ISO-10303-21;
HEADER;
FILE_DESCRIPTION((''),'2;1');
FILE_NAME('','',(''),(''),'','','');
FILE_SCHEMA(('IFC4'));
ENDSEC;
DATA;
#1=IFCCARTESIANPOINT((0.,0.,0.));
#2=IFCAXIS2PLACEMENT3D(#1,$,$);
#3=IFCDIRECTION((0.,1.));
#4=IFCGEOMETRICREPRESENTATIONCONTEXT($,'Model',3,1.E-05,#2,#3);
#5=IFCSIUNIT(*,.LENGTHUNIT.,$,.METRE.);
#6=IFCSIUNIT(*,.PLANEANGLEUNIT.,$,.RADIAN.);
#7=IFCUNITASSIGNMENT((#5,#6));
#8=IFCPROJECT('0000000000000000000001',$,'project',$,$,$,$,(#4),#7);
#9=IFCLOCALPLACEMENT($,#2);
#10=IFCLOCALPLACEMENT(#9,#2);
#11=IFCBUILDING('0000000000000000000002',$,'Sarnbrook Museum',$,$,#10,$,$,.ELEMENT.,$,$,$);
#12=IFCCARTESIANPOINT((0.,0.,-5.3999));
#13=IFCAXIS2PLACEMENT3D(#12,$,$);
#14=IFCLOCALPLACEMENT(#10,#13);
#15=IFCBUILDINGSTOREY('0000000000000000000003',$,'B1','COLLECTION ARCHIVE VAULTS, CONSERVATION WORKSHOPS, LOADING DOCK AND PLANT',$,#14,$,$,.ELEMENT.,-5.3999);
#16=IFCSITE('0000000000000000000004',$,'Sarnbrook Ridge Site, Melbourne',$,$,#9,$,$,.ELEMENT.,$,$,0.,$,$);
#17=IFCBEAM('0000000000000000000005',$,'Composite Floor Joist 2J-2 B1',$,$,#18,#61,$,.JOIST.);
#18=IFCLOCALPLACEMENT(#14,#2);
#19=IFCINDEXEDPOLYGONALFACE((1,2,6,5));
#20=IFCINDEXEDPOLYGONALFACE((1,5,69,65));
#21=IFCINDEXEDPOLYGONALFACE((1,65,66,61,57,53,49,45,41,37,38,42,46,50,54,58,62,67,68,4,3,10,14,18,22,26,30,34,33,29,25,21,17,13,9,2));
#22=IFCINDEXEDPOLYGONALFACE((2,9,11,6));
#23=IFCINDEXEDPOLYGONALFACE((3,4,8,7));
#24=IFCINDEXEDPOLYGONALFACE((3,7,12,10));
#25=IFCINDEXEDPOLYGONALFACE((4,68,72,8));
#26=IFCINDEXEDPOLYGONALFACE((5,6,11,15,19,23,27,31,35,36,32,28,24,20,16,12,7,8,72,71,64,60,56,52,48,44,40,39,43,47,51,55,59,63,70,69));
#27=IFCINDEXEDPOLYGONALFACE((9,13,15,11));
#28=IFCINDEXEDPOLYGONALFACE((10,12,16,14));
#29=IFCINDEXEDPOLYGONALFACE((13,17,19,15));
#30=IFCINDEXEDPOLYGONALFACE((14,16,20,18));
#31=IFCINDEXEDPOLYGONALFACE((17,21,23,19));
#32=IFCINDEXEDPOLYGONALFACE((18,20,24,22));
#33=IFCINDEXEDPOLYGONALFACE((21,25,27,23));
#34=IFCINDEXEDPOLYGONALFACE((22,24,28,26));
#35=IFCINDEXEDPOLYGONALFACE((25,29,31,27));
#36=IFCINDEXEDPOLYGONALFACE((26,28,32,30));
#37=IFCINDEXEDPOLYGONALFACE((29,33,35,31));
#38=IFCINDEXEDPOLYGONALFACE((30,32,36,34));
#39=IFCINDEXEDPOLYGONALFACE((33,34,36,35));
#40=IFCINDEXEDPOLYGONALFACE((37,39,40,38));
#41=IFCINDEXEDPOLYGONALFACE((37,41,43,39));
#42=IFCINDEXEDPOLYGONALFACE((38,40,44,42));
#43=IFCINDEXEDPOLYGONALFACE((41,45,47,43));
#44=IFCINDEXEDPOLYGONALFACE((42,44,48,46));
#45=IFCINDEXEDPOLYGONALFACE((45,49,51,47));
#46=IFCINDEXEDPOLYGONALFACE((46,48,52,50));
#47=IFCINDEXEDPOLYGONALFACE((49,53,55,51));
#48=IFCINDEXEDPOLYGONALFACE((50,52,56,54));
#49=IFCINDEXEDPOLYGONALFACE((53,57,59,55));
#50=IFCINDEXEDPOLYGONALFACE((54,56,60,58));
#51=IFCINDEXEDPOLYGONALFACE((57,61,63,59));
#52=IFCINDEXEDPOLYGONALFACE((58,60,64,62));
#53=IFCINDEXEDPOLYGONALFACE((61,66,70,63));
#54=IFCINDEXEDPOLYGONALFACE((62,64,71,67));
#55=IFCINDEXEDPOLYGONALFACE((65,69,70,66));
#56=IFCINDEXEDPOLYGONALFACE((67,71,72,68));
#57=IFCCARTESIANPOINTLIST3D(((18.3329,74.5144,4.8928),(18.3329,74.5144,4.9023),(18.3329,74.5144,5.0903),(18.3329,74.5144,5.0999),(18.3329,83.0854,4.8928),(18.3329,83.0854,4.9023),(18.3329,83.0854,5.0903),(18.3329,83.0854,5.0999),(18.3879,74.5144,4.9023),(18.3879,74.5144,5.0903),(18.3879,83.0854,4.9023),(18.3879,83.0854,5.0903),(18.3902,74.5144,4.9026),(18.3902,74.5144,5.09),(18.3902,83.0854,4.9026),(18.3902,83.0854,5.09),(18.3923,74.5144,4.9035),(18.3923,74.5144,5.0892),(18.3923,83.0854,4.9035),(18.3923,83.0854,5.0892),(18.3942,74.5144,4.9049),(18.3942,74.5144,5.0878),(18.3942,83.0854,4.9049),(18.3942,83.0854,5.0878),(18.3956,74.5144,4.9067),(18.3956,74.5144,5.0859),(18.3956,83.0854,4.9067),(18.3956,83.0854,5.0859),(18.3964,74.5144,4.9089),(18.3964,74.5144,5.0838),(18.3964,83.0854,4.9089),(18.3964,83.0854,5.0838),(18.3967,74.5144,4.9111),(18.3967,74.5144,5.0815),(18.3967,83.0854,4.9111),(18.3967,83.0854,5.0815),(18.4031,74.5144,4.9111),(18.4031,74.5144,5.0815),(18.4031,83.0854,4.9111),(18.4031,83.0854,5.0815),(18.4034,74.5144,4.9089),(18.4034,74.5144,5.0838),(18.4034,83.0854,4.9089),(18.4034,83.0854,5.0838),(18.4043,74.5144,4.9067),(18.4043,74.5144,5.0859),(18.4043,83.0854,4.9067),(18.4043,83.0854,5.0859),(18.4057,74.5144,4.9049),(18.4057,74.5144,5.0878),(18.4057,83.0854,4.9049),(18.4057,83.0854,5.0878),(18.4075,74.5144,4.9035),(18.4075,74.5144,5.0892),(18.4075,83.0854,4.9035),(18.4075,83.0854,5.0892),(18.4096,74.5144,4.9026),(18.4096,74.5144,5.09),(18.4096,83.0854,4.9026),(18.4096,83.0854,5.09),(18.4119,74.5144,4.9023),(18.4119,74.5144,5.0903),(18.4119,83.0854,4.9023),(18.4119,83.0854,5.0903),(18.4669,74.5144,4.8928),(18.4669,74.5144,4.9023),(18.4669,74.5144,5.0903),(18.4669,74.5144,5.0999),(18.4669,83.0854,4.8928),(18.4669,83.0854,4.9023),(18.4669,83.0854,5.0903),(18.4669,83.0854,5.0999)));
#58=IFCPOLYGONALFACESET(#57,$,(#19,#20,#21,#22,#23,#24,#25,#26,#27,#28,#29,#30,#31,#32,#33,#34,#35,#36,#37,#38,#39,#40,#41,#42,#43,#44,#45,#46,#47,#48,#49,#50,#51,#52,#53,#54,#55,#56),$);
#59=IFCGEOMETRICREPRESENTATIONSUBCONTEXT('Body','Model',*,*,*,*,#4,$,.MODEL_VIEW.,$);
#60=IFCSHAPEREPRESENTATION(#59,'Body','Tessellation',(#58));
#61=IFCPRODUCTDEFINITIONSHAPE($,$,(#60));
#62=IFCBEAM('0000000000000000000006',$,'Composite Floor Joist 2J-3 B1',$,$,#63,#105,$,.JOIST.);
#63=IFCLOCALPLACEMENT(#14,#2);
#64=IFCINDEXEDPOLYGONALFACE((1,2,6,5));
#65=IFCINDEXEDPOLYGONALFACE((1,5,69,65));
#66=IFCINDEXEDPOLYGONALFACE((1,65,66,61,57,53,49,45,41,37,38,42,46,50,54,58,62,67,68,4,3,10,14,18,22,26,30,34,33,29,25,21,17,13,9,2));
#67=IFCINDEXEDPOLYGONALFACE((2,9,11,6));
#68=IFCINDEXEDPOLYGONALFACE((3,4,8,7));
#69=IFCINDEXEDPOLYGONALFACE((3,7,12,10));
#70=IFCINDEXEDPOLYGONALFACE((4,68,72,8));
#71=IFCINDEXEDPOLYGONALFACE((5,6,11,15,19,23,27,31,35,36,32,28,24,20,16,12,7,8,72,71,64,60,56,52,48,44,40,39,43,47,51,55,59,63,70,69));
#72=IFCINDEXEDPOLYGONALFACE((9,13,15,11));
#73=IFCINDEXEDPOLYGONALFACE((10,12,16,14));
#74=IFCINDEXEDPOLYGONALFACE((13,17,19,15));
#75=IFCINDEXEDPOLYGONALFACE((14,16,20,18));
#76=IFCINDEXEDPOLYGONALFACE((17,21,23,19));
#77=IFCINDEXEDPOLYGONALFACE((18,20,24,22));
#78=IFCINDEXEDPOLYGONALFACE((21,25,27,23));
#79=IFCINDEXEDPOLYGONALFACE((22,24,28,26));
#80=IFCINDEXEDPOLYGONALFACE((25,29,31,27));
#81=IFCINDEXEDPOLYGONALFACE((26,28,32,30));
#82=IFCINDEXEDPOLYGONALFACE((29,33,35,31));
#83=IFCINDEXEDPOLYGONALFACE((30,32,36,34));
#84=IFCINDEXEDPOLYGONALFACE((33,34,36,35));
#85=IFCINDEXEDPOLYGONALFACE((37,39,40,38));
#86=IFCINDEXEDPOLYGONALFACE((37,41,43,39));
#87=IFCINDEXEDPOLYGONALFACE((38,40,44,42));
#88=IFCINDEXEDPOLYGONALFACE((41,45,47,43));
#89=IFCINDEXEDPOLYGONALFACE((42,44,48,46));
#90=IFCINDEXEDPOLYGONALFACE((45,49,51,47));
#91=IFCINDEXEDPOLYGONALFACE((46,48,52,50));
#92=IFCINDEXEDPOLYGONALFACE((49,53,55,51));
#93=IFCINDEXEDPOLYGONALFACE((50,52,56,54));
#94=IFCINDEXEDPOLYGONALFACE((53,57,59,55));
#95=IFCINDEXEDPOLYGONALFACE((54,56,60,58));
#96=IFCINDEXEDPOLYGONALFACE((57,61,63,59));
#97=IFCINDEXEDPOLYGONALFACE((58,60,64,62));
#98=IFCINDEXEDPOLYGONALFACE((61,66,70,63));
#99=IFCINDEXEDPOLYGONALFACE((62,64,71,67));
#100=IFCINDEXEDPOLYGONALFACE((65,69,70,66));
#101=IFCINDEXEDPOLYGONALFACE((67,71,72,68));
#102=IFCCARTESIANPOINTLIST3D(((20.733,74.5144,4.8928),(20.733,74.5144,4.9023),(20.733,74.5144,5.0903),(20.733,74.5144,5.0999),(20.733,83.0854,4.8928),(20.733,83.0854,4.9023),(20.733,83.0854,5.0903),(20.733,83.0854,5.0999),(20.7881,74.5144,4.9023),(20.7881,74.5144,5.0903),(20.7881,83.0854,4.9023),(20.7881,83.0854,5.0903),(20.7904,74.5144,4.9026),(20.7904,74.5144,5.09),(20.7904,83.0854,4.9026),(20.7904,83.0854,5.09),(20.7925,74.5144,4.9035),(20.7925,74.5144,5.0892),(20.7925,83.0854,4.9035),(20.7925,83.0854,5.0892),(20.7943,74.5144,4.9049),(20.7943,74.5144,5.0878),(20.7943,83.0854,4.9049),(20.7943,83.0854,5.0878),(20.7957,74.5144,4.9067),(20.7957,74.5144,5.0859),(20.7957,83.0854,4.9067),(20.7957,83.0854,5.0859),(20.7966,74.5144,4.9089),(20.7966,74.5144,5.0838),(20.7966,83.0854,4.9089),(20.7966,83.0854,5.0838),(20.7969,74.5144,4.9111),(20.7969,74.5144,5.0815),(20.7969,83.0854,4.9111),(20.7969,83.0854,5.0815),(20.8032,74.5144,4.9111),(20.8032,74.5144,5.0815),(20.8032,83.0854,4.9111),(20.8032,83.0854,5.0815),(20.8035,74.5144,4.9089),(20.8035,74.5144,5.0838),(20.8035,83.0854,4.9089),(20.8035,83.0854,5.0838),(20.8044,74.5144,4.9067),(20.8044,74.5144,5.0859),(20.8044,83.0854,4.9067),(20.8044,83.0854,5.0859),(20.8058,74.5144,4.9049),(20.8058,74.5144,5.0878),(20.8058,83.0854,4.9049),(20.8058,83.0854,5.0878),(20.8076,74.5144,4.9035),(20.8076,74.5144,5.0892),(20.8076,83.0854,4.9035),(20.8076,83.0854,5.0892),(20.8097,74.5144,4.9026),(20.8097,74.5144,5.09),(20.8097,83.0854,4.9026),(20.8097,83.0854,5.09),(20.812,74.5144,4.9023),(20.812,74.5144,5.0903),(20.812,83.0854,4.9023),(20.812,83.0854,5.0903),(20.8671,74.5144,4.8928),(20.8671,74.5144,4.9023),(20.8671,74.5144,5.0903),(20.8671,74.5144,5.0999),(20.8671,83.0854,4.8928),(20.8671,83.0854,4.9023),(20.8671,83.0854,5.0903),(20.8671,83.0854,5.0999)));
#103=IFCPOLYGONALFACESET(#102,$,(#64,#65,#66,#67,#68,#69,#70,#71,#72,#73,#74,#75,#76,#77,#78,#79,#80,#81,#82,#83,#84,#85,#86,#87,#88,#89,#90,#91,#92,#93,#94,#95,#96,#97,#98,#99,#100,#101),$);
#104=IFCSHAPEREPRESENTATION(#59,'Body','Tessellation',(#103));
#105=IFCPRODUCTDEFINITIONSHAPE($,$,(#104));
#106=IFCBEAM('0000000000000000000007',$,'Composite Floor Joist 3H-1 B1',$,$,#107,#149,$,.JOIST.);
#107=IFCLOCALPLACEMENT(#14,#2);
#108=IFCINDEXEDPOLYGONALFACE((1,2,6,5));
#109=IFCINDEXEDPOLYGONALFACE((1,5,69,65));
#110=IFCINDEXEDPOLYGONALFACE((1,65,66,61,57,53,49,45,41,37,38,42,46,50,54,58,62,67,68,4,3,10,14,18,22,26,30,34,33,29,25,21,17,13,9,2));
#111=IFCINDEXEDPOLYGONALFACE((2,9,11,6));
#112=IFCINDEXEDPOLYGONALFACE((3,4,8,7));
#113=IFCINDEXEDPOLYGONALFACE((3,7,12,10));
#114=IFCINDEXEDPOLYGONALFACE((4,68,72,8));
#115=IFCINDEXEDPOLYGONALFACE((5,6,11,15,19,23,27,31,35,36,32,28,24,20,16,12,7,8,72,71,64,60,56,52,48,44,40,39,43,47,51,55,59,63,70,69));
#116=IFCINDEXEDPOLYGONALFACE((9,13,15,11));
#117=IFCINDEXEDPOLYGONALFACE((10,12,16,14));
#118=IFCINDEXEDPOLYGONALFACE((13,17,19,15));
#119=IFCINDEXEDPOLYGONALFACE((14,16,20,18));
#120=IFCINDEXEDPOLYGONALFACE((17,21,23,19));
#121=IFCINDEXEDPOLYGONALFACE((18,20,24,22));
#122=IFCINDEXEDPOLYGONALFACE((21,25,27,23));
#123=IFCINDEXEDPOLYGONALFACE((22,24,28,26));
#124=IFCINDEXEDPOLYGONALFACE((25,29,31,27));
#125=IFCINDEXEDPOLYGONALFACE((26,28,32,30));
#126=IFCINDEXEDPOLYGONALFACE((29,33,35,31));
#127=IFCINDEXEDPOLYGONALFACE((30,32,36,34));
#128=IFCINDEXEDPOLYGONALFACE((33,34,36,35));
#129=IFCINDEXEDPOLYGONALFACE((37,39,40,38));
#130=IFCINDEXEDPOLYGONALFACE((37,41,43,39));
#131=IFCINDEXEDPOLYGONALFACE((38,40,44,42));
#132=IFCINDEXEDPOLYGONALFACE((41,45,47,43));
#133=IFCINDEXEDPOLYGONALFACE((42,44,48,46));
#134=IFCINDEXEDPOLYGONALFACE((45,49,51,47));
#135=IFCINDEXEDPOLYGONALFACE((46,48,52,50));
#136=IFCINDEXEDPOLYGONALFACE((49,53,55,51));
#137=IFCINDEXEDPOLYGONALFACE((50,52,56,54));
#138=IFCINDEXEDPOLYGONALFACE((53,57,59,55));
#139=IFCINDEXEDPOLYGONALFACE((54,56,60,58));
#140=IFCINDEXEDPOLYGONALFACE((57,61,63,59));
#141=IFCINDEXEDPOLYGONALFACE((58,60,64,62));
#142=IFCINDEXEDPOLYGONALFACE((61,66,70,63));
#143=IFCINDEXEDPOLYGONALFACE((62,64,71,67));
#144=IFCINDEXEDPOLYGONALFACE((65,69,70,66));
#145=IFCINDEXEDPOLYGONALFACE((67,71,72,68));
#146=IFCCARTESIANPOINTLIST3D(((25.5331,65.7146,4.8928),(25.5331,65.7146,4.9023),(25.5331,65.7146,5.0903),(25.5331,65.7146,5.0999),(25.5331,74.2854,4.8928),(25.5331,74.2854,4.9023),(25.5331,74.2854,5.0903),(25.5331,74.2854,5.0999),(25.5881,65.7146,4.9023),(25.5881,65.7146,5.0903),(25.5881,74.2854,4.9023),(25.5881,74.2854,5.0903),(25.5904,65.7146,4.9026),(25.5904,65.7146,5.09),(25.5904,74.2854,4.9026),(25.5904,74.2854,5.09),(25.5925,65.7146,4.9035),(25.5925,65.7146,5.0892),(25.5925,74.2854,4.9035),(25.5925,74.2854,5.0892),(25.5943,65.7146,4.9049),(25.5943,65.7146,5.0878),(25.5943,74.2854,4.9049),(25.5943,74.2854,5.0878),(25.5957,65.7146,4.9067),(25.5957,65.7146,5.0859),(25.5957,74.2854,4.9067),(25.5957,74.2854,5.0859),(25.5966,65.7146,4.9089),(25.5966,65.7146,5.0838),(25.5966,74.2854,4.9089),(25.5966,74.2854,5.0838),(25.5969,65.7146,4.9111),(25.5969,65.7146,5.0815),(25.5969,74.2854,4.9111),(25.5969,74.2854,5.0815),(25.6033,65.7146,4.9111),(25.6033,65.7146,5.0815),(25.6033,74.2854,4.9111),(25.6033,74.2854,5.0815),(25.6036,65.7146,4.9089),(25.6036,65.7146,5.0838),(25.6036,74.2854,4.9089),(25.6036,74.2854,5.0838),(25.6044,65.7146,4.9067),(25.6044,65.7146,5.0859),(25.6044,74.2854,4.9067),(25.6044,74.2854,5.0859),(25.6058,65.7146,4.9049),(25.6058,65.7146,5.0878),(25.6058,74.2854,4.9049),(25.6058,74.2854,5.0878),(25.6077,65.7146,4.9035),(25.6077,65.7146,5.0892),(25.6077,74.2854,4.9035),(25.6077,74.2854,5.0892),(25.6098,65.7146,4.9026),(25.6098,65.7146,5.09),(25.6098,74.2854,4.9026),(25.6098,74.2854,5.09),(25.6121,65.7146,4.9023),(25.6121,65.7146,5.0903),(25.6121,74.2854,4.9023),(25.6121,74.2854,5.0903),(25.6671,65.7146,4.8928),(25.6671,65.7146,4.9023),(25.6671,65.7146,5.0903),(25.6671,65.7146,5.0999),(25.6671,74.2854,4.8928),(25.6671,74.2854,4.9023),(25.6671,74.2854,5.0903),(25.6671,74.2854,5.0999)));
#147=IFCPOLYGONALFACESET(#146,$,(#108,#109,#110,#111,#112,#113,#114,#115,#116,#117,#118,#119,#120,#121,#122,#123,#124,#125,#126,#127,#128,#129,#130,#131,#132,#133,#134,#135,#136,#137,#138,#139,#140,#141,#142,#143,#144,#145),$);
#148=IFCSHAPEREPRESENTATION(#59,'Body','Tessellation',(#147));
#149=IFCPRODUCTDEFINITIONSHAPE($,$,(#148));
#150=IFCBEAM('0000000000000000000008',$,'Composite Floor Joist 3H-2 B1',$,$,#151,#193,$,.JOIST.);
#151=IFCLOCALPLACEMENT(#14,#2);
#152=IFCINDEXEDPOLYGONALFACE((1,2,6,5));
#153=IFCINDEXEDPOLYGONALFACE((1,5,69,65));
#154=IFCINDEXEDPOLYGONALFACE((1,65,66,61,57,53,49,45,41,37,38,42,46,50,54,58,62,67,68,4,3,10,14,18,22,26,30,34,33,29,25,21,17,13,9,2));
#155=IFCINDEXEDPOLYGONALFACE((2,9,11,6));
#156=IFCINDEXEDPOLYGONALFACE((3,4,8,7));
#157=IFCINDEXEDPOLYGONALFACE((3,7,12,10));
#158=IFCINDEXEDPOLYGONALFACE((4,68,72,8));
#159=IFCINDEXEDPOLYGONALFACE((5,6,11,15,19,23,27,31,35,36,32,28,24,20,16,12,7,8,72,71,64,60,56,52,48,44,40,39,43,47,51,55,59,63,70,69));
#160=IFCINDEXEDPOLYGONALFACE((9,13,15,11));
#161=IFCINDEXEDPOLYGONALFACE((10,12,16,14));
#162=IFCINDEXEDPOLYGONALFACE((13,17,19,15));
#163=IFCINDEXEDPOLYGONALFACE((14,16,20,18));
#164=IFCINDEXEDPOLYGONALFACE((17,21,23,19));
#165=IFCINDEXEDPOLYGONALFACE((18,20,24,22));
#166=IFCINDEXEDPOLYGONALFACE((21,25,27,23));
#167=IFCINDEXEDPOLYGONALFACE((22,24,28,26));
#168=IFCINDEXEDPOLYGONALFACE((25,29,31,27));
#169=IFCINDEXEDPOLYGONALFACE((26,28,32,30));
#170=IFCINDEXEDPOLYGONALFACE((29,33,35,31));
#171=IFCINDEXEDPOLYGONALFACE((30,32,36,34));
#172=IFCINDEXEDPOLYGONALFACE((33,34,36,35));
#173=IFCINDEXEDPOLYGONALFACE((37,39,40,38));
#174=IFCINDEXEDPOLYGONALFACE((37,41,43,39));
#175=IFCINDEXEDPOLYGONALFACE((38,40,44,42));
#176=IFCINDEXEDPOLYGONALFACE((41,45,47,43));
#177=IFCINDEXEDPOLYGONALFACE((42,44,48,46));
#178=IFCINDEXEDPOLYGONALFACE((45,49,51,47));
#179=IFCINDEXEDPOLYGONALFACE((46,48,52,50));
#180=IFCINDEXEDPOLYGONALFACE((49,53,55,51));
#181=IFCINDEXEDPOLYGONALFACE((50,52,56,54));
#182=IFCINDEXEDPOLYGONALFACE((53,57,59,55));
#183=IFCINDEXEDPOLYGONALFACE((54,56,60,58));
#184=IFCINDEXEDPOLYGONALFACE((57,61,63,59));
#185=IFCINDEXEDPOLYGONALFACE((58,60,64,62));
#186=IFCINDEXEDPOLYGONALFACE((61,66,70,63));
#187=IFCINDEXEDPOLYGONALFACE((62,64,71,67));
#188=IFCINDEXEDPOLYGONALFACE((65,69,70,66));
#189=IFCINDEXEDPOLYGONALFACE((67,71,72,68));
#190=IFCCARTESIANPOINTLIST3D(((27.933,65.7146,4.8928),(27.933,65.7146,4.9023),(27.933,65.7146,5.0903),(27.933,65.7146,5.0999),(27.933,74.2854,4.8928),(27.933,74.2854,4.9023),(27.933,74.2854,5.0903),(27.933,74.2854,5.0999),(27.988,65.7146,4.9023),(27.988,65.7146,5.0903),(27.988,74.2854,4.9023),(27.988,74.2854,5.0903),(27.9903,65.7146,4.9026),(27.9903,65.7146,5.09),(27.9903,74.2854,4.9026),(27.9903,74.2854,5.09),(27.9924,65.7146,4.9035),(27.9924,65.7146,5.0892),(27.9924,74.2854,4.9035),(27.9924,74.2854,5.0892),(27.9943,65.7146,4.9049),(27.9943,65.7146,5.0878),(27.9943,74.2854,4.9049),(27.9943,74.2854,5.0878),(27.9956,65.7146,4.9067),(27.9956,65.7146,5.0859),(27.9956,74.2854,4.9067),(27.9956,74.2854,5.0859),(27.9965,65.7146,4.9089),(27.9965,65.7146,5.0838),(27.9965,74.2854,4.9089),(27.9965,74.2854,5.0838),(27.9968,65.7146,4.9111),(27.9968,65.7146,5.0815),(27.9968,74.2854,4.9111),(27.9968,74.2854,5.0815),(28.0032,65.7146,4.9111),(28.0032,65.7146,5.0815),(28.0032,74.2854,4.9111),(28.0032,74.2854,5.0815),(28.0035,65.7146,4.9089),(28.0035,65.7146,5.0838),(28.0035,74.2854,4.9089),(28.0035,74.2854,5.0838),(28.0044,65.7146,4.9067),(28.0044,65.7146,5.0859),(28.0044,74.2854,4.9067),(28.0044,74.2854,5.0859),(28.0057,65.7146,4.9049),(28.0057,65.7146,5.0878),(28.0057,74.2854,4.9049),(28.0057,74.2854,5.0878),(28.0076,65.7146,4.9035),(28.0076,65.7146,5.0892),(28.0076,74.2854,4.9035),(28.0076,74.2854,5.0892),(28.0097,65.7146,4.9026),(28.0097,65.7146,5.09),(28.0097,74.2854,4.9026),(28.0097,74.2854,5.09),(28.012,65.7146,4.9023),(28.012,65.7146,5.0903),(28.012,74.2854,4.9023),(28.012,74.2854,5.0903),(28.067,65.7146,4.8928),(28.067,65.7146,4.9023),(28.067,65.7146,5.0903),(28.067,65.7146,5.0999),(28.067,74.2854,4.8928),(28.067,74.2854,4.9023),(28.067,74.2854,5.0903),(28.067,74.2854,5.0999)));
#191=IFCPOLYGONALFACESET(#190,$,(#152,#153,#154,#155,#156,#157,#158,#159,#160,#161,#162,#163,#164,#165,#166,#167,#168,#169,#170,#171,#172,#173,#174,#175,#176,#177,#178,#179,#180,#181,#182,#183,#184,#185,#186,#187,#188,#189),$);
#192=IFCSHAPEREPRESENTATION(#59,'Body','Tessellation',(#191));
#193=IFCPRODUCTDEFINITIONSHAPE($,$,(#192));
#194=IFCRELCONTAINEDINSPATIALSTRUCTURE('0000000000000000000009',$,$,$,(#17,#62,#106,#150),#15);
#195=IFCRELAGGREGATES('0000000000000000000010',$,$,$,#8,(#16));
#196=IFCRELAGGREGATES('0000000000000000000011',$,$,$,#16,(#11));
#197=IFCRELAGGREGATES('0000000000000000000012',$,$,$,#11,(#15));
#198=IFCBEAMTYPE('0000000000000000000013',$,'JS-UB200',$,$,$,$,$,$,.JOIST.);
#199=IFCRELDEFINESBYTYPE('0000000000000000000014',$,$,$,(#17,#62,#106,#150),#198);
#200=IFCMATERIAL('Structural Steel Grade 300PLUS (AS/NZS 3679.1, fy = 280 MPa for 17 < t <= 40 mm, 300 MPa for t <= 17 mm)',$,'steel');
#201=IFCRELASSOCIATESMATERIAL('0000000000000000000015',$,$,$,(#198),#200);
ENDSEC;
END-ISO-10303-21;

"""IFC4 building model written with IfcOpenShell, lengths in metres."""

from ifc_helpers import new_model, si_unit, direction, frame, origin, origin_2d, place, context, subcontext, project, spatial, i_section, extrude, material, material_profile, profile_set, type_object, element, save


model = new_model("IFC4")

# Units and contexts
model_context = context("Model", 3, precision=1e-05, world=origin(), true_north=direction((0.0, 1.0)))
body_context = subcontext(model_context, "Body", "Model", "MODEL_VIEW")
ifc_project = project(units=[si_unit("LENGTHUNIT", "METRE"), si_unit("PLANEANGLEUNIT", "RADIAN")], contexts=[model_context])

# Site, building, storey
site_placement = place(None, origin())
site = spatial("IfcSite", under=ifc_project, at=site_placement, Name="Sarnbrook Ridge Site, Melbourne", CompositionType="ELEMENT", RefElevation=0.0)
building_placement = place(site_placement, origin())
building = spatial("IfcBuilding", under=site, at=building_placement, Name="Sarnbrook Museum", CompositionType="ELEMENT")
storey_placement = place(building_placement, frame((0.0, 0.0, -5.3999)))
storey = spatial("IfcBuildingStorey", under=building, at=storey_placement, Name="B1", Description="COLLECTION ARCHIVE VAULTS, CONSERVATION WORKSHOPS, LOADING DOCK AND PLANT", CompositionType="ELEMENT", Elevation=-5.3999)

# Beams
ifc_material_1 = material(Name="Structural Steel Grade 300PLUS (AS/NZS 3679.1, fy = 280 MPa for 17 < t <= 40 mm, 300 MPa for t <= 17 mm)", Category="steel")
ifc_material_profile_1 = material_profile(ifc_material_1, i_section(OverallWidth=0.134, OverallDepth=0.207, WebThickness=0.0063, FlangeThickness=0.0095, FilletRadius=0.0088, at=origin_2d()), Name="200UB29.8")
ifc_profile_set_1 = profile_set([ifc_material_profile_1], Name="Structural Steel Grade 300PLUS (AS/NZS 3679.1, fy = 280 MPa for 17 < t <= 40 mm, 300 MPa for t <= 17 mm)")
beam_type_1 = type_object("IfcBeamType", Name="JS-UB200", PredefinedType="JOIST", material=ifc_profile_set_1)
for number, where, z_axis, x_axis, name in (
    (1, (18.3999, 74.5144, 4.9963), (0.0, 1.0, 0.0), (-1.0, 0.0, 0.0), "Composite Floor Joist 2J-2 B1"),
    (2, (20.8, 74.5144, 4.9963), (0.0, 1.0, 0.0), (-1.0, 0.0, 0.0), "Composite Floor Joist 2J-3 B1"),
):
    element("IfcBeam", number, at=place(storey_placement, frame(where, z_axis=z_axis, x_axis=x_axis)), inside=storey, type_object=beam_type_1, Name=name, PredefinedType="JOIST", context=body_context, shape_type="SweptSolid", body=[
        extrude(i_section(OverallWidth=0.134, OverallDepth=0.207, WebThickness=0.0063, FlangeThickness=0.0095, FilletRadius=0.0088, at=origin_2d()), origin(), (0.0, 0.0, 1.0), 8.571),
    ])
for number, where, z_axis, x_axis, name in (
    (3, (25.6001, 65.7146, 4.9963), (0.0, 1.0, 0.0), (-1.0, 0.0, 0.0), "Composite Floor Joist 3H-1 B1"),
    (4, (28.0, 65.7146, 4.9963), (0.0, 1.0, 0.0), (-1.0, 0.0, 0.0), "Composite Floor Joist 3H-2 B1"),
):
    element("IfcBeam", number, at=place(storey_placement, frame(where, z_axis=z_axis, x_axis=x_axis)), inside=storey, type_object=beam_type_1, Name=name, PredefinedType="JOIST", context=body_context, shape_type="SweptSolid", body=[
        extrude(i_section(OverallWidth=0.134, OverallDepth=0.207, WebThickness=0.0063, FlangeThickness=0.0095, FilletRadius=0.0088, at=origin_2d()), origin(), (0.0, 0.0, 1.0), 8.5708),
    ])

save(model, "model.ifc")
